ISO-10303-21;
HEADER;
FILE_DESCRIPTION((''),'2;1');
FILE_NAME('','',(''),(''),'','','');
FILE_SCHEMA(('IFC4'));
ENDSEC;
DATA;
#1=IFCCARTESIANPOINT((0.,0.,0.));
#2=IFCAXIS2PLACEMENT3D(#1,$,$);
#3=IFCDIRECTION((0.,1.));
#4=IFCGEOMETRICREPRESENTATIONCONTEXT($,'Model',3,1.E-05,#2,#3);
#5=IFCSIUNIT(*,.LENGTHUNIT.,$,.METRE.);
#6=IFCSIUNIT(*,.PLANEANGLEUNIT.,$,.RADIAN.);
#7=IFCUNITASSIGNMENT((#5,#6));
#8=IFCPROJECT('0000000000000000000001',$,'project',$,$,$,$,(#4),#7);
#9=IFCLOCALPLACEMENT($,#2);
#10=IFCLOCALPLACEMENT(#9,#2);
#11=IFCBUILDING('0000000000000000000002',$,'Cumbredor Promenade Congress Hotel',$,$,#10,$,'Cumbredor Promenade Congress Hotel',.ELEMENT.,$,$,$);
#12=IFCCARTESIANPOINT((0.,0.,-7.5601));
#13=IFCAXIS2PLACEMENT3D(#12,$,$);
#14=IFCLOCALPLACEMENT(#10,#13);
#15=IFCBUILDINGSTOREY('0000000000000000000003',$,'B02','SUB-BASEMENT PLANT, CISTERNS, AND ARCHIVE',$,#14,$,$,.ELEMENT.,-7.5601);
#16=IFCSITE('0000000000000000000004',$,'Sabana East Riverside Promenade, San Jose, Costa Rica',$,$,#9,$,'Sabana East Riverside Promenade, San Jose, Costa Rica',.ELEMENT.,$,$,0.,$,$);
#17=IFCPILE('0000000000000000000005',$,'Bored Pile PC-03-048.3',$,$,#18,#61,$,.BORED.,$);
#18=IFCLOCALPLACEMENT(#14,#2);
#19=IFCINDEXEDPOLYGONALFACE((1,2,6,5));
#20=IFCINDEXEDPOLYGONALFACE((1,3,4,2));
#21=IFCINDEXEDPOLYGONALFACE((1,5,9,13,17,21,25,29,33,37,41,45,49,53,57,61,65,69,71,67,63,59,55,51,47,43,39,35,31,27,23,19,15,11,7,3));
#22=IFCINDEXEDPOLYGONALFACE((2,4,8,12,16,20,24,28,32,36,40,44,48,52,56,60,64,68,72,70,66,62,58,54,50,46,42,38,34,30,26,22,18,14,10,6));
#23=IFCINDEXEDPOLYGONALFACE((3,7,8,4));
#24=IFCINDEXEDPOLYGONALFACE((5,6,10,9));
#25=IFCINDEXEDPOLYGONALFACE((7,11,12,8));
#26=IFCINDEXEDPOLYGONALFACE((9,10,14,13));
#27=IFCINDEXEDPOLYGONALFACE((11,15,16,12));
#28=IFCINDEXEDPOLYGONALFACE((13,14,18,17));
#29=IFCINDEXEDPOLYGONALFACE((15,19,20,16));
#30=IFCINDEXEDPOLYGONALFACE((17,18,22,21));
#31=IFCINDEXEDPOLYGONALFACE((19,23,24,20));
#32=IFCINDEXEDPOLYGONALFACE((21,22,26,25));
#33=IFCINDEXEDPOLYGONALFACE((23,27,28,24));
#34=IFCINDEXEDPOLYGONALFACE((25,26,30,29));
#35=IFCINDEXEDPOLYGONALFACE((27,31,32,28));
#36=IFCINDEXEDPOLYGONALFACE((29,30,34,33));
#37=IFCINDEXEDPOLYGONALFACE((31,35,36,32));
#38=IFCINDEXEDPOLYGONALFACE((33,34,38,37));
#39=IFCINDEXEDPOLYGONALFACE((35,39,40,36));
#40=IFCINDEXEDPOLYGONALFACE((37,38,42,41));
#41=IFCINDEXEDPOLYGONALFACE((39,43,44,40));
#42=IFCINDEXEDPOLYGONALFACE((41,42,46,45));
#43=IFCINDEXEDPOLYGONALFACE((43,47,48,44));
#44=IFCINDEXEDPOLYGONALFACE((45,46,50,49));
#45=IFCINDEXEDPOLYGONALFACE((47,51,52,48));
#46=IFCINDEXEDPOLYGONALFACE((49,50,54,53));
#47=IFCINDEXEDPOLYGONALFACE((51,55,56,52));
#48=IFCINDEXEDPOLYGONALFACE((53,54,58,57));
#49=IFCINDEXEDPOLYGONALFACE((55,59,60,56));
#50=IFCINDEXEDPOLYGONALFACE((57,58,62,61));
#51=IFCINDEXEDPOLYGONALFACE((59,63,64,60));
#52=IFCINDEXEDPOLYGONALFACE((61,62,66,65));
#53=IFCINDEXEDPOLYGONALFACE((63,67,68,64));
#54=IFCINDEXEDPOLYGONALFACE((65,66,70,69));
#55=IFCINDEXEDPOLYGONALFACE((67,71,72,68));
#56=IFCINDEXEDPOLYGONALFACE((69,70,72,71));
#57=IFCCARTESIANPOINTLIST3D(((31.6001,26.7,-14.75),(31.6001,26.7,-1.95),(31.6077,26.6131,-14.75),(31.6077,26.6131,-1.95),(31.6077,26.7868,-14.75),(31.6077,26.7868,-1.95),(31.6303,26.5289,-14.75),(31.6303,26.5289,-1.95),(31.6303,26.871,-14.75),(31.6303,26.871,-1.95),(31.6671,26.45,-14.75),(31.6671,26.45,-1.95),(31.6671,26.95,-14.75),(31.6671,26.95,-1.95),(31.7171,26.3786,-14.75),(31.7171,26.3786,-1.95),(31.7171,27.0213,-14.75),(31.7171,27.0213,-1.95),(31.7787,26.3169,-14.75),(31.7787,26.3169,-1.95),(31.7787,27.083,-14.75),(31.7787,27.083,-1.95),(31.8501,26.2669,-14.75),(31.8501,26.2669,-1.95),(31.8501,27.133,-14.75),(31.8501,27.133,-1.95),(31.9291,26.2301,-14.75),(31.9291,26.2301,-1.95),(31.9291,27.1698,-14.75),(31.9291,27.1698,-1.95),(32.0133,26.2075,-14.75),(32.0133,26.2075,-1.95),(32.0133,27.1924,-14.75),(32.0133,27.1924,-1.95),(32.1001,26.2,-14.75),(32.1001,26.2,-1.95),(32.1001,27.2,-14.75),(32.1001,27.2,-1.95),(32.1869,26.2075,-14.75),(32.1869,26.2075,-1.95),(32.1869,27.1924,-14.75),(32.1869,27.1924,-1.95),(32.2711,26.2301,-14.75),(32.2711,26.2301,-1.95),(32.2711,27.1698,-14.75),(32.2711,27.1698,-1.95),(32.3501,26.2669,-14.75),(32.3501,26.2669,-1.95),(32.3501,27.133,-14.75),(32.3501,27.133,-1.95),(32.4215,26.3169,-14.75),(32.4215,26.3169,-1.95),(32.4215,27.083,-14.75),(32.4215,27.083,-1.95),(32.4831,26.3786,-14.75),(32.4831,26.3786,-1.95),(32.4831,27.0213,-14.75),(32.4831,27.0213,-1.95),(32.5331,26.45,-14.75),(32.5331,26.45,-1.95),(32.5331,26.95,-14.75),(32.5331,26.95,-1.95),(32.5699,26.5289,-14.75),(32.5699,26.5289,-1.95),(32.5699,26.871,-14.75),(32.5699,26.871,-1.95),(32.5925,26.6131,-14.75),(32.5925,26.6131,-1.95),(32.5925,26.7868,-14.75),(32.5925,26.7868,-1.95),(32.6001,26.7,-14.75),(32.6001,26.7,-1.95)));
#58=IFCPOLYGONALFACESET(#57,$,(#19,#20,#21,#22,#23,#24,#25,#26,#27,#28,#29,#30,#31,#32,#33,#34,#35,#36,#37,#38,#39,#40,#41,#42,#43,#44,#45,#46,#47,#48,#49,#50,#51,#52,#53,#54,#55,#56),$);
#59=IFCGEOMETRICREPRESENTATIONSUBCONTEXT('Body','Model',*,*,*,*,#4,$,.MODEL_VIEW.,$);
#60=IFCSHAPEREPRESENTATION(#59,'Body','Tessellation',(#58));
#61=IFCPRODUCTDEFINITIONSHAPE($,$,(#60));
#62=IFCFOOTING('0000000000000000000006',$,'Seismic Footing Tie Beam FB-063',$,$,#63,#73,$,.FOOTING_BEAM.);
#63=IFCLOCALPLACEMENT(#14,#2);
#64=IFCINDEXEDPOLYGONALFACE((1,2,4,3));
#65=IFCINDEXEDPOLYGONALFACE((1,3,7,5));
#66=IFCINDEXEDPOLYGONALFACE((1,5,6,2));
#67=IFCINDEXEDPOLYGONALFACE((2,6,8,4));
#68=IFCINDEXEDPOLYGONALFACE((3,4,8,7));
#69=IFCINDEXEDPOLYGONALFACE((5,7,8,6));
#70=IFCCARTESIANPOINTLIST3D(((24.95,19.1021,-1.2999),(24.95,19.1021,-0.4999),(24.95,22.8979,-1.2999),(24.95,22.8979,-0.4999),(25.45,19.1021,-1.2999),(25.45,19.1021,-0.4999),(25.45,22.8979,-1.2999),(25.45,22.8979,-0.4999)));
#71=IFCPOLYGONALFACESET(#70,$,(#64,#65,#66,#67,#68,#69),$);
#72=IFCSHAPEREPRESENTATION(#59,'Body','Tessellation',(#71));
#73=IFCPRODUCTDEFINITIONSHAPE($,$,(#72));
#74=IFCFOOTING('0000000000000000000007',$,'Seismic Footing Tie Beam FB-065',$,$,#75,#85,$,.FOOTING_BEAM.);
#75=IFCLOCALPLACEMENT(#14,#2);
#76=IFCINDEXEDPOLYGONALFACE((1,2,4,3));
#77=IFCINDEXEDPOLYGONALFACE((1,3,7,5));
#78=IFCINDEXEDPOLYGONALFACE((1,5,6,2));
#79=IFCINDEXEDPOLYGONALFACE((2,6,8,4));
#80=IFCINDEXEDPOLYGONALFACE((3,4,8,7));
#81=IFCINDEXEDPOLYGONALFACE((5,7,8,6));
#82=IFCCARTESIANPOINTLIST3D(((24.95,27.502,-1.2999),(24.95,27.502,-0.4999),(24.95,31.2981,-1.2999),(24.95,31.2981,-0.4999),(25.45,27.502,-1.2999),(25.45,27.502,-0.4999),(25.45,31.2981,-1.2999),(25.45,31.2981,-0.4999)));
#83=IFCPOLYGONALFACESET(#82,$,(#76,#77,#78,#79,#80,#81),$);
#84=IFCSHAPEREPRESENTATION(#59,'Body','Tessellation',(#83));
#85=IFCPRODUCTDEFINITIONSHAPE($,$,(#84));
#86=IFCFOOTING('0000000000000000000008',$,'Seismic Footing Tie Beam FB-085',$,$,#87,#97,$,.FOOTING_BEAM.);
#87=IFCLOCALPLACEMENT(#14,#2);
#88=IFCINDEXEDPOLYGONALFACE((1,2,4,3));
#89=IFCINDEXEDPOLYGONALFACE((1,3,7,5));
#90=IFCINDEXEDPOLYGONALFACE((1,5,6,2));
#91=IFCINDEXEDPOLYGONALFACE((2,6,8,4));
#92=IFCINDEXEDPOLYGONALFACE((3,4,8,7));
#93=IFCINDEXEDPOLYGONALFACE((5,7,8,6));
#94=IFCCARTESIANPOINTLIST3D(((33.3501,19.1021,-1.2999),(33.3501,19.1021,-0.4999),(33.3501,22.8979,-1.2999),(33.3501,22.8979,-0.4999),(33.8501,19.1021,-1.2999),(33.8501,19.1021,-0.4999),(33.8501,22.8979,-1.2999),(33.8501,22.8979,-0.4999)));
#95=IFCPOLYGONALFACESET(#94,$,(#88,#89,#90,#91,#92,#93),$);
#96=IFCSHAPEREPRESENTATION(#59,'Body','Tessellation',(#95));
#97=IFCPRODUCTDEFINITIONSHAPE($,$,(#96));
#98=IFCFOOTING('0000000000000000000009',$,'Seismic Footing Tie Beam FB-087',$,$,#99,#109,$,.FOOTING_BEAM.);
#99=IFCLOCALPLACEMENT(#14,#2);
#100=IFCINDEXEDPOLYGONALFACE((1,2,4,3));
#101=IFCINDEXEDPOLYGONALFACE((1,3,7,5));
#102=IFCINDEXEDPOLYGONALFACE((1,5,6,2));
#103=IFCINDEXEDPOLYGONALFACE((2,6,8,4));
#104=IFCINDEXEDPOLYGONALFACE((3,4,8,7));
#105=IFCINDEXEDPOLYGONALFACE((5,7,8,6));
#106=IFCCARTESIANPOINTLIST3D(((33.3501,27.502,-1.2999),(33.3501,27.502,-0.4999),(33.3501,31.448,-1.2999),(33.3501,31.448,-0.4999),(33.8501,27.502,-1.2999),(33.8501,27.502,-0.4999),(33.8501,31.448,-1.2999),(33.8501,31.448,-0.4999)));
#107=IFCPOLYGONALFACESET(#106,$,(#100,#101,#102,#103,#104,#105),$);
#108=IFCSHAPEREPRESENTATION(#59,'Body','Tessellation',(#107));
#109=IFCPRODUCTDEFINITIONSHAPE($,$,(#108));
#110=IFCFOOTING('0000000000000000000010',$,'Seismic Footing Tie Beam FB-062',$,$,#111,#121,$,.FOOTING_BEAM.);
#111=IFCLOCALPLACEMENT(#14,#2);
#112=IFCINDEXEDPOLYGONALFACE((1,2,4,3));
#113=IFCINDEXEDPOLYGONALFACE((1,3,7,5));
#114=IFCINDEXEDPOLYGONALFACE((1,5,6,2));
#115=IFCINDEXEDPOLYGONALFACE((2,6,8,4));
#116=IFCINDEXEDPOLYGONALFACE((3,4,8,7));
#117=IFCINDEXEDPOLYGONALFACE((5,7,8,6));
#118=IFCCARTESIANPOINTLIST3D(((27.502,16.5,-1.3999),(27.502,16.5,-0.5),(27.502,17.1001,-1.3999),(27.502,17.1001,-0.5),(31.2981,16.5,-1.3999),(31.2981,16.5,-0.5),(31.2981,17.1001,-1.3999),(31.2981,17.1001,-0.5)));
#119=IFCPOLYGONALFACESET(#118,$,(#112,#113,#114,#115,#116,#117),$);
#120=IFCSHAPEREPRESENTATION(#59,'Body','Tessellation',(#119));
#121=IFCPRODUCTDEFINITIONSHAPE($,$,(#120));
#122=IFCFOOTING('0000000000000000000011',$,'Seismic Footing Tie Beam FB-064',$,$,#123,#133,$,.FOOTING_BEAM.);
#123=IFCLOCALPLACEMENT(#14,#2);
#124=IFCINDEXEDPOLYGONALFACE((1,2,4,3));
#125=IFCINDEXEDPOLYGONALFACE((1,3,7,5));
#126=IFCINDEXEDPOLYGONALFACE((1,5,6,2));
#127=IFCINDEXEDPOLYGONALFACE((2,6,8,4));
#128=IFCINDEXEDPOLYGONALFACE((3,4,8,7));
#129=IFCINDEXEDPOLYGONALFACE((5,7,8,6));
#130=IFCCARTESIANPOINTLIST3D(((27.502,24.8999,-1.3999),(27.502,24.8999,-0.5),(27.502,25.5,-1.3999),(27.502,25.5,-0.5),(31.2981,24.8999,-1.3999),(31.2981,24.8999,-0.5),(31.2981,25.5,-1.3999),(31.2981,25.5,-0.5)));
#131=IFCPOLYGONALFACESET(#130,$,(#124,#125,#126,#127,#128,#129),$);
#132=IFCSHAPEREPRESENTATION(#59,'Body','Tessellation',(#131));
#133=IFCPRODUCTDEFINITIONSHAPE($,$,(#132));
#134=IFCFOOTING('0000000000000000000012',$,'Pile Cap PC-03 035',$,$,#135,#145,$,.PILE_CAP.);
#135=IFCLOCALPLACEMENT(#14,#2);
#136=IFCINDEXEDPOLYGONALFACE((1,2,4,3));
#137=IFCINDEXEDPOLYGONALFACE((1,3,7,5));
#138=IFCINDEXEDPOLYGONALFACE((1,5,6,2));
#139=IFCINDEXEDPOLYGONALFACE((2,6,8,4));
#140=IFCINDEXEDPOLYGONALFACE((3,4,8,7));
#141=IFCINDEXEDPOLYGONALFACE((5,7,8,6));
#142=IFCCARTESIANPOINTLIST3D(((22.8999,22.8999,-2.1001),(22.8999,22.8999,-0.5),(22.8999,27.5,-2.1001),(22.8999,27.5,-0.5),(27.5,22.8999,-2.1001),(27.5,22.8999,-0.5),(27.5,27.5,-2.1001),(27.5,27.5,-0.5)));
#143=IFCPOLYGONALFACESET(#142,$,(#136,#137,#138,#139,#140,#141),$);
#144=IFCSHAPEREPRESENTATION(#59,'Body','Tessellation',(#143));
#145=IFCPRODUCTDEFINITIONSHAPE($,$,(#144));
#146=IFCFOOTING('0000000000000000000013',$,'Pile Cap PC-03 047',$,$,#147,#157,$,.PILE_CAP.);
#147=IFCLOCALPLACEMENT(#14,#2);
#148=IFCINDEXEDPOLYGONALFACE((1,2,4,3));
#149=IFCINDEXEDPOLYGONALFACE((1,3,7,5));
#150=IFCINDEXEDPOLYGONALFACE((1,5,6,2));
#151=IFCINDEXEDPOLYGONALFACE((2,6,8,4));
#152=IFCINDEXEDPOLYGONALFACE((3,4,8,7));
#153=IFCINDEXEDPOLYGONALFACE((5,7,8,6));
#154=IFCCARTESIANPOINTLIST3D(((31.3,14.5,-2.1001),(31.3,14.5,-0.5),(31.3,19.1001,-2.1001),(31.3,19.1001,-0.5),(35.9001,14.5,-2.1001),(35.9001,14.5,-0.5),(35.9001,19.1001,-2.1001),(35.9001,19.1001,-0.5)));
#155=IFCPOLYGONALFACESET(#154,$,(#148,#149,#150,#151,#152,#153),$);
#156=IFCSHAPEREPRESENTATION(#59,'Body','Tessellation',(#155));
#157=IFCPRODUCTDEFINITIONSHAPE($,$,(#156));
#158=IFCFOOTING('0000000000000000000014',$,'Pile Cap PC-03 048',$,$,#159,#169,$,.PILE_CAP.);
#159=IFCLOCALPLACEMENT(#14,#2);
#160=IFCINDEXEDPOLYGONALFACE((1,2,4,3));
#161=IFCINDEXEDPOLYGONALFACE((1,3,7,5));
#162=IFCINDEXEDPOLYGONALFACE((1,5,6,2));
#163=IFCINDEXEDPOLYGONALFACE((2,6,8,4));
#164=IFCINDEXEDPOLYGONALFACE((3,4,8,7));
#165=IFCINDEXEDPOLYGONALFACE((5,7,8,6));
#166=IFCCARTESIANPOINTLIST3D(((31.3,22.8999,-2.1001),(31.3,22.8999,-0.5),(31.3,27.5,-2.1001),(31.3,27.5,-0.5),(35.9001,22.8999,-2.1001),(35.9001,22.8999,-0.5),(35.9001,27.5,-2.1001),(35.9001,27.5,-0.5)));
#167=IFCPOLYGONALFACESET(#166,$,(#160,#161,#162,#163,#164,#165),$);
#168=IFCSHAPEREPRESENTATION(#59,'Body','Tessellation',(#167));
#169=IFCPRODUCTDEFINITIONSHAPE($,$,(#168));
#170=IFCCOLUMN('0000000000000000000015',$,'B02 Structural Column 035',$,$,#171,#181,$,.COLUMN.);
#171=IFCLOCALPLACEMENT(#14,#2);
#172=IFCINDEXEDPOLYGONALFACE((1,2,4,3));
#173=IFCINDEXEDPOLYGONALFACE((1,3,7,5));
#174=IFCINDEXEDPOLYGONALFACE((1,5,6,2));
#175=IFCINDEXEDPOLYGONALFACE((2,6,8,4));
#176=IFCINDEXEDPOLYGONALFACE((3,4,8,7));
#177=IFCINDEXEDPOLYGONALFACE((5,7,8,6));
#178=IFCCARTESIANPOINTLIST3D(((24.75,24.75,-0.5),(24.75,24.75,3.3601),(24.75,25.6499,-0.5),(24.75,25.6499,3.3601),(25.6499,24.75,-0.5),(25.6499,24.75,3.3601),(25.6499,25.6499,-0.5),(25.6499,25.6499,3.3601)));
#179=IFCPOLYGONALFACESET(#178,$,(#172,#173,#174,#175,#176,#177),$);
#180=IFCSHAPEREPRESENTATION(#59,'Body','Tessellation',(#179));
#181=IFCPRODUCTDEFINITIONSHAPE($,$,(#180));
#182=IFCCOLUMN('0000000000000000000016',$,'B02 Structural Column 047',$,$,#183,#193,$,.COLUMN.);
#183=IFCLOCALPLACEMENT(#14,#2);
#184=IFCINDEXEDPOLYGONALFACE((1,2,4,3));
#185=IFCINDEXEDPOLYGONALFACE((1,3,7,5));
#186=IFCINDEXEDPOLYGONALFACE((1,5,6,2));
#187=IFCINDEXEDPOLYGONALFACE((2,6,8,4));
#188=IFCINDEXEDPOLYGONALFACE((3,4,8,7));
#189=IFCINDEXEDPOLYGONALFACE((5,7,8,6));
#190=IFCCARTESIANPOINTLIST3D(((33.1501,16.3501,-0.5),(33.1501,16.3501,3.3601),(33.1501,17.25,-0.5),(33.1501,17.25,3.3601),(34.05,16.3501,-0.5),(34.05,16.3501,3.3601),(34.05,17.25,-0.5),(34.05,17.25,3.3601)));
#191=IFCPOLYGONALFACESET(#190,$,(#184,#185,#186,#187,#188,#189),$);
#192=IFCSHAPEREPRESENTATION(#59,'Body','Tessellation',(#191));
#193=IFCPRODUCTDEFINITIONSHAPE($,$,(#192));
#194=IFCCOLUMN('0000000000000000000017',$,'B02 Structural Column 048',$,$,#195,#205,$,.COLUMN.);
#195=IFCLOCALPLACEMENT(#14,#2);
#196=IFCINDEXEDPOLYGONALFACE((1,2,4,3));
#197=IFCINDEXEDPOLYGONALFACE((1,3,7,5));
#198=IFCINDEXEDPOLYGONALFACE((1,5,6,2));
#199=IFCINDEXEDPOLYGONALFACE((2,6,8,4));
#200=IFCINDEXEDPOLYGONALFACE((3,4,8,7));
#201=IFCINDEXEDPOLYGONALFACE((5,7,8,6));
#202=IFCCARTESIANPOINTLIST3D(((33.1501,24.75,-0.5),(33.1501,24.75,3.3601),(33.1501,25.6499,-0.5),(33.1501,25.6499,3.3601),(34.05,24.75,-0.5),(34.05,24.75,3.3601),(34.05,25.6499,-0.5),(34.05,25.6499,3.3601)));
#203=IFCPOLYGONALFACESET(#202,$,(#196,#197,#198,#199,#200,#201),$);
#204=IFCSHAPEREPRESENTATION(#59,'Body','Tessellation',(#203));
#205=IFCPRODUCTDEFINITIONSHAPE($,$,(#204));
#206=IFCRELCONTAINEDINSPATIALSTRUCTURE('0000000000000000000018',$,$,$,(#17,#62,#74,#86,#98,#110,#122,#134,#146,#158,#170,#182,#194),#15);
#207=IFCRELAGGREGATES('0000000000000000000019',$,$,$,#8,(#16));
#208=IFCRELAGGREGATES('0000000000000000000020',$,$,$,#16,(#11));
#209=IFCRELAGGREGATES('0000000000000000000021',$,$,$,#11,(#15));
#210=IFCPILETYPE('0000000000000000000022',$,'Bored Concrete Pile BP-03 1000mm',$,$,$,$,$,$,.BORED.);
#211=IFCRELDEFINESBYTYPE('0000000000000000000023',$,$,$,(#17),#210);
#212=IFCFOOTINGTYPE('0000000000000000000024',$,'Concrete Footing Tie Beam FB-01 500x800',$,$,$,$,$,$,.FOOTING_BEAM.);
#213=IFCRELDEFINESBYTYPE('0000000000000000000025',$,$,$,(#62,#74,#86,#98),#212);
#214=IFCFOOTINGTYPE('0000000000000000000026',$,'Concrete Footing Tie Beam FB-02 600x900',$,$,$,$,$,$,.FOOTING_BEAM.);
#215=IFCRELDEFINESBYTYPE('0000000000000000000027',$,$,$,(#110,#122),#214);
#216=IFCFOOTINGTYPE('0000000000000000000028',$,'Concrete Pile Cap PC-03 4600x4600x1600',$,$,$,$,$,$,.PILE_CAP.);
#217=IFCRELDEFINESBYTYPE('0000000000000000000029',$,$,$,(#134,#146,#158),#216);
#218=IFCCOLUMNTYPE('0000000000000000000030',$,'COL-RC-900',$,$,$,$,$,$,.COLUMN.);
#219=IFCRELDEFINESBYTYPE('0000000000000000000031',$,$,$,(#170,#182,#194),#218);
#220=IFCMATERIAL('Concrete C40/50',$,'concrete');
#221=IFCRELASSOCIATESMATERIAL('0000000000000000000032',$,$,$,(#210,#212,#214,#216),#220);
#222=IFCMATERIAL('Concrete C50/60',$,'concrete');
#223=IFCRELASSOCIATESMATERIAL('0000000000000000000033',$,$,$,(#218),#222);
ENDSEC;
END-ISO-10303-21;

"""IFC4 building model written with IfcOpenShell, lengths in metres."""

from ifc_helpers import new_model, si_unit, direction, frame, origin, origin_2d, place, context, subcontext, project, spatial, rectangle, circle, extrude, material, material_profile, profile_set, type_object, element, save


model = new_model("IFC4")

# Units and contexts
model_context = context("Model", 3, precision=1e-05, world=origin(), true_north=direction((0.0, 1.0)))
body_context = subcontext(model_context, "Body", "Model", "MODEL_VIEW")
ifc_project = project(units=[si_unit("LENGTHUNIT", "METRE"), si_unit("PLANEANGLEUNIT", "RADIAN")], contexts=[model_context])

# Site, building, storey
site_placement = place(None, origin())
site = spatial("IfcSite", under=ifc_project, at=site_placement, Name="Sabana East Riverside Promenade, San Jose, Costa Rica", LongName="Sabana East Riverside Promenade, San Jose, Costa Rica", CompositionType="ELEMENT", RefElevation=0.0)
building_placement = place(site_placement, origin())
building = spatial("IfcBuilding", under=site, at=building_placement, Name="Cumbredor Promenade Congress Hotel", LongName="Cumbredor Promenade Congress Hotel", CompositionType="ELEMENT")
storey_placement = place(building_placement, frame((0.0, 0.0, -7.5601)))
storey = spatial("IfcBuildingStorey", under=building, at=storey_placement, Name="B02", Description="SUB-BASEMENT PLANT, CISTERNS, AND ARCHIVE", CompositionType="ELEMENT", Elevation=-7.5601)

# Pile
ifc_material_1 = material(Name="Concrete C40/50", Category="concrete")
ifc_material_profile_1 = material_profile(ifc_material_1, circle(Radius=0.5, at=origin_2d()), Name="PILE D1000")
ifc_profile_set_1 = profile_set([ifc_material_profile_1], Name="Concrete C40/50")
pile_type = type_object("IfcPileType", Name="Bored Concrete Pile BP-03 1000mm", PredefinedType="BORED", material=ifc_profile_set_1)
for number, where, z_axis, x_axis, name in (
    (1, (32.1001, 26.7, -1.95), (0.0, 0.0, -1.0), (1.0, 0.0, 0.0), "Bored Pile PC-03-048.3"),
):
    element("IfcPile", number, at=place(storey_placement, frame(where, z_axis=z_axis, x_axis=x_axis)), inside=storey, type_object=pile_type, Name=name, PredefinedType="BORED", context=body_context, shape_type="SweptSolid", body=[
        extrude(circle(Radius=0.5, at=origin_2d()), origin(), (0.0, 0.0, 1.0), 12.8),
    ])

# Footings
ifc_material_profile_2 = material_profile(ifc_material_1, rectangle(XDim=0.5, YDim=0.8, at=origin_2d()), Name="FB 500x800")
ifc_profile_set_2 = profile_set([ifc_material_profile_2], Name="Concrete C40/50")
footing_type_1 = type_object("IfcFootingType", Name="Concrete Footing Tie Beam FB-01 500x800", PredefinedType="FOOTING_BEAM", material=ifc_profile_set_2)
footing_1_placement = place(storey_placement, frame((25.2, 19.1021, -0.8999), z_axis=(0.0, 1.0, 0.0), x_axis=(-1.0, 0.0, 0.0)))
element("IfcFooting", 2, at=footing_1_placement, inside=storey, type_object=footing_type_1, Name="Seismic Footing Tie Beam FB-063", PredefinedType="FOOTING_BEAM", context=body_context, shape_type="SweptSolid", body=[
    extrude(rectangle(XDim=0.5, YDim=0.8, at=origin_2d()), origin(), (0.0, 0.0, 1.0), 3.7959),
])
footing_2_placement = place(storey_placement, frame((25.2, 27.502, -0.8999), z_axis=(0.0, 1.0, 0.0), x_axis=(-1.0, 0.0, 0.0)))
element("IfcFooting", 3, at=footing_2_placement, inside=storey, type_object=footing_type_1, Name="Seismic Footing Tie Beam FB-065", PredefinedType="FOOTING_BEAM", context=body_context, shape_type="SweptSolid", body=[
    extrude(rectangle(XDim=0.5, YDim=0.8, at=origin_2d()), origin(), (0.0, 0.0, 1.0), 3.7961),
])
footing_3_placement = place(storey_placement, frame((33.6001, 19.1021, -0.8999), z_axis=(0.0, 1.0, 0.0), x_axis=(-1.0, 0.0, 0.0)))
element("IfcFooting", 4, at=footing_3_placement, inside=storey, type_object=footing_type_1, Name="Seismic Footing Tie Beam FB-085", PredefinedType="FOOTING_BEAM", context=body_context, shape_type="SweptSolid", body=[
    extrude(rectangle(XDim=0.5, YDim=0.8, at=origin_2d()), origin(), (0.0, 0.0, 1.0), 3.7959),
])
footing_4_placement = place(storey_placement, frame((33.6001, 27.502, -0.8999), z_axis=(0.0, 1.0, 0.0), x_axis=(-1.0, 0.0, 0.0)))
element("IfcFooting", 5, at=footing_4_placement, inside=storey, type_object=footing_type_1, Name="Seismic Footing Tie Beam FB-087", PredefinedType="FOOTING_BEAM", context=body_context, shape_type="SweptSolid", body=[
    extrude(rectangle(XDim=0.5, YDim=0.8, at=origin_2d()), origin(), (0.0, 0.0, 1.0), 3.946),
])
ifc_material_profile_3 = material_profile(ifc_material_1, rectangle(XDim=0.6001, YDim=0.8999, at=origin_2d()), Name="FB 600x900")
ifc_profile_set_3 = profile_set([ifc_material_profile_3], Name="Concrete C40/50")
footing_type_2 = type_object("IfcFootingType", Name="Concrete Footing Tie Beam FB-02 600x900", PredefinedType="FOOTING_BEAM", material=ifc_profile_set_3)
for number, where, z_axis, x_axis, name in (
    (6, (27.502, 16.8, -0.95), (1.0, 0.0, 0.0), (0.0, 1.0, 0.0), "Seismic Footing Tie Beam FB-062"),
    (7, (27.502, 25.2, -0.95), (1.0, 0.0, 0.0), (0.0, 1.0, 0.0), "Seismic Footing Tie Beam FB-064"),
):
    element("IfcFooting", number, at=place(storey_placement, frame(where, z_axis=z_axis, x_axis=x_axis)), inside=storey, type_object=footing_type_2, Name=name, PredefinedType="FOOTING_BEAM", context=body_context, shape_type="SweptSolid", body=[
        extrude(rectangle(XDim=0.6001, YDim=0.8999, at=origin_2d()), origin(), (0.0, 0.0, 1.0), 3.7961),
    ])
footing_type_3 = type_object("IfcFootingType", Name="Concrete Pile Cap PC-03 4600x4600x1600", PredefinedType="PILE_CAP", material=ifc_material_1)
for number, where, z_axis, x_axis, name in (
    (8, (25.2, 25.2, -2.1001), (0.0, 0.0, 1.0), (1.0, 0.0, 0.0), "Pile Cap PC-03 035"),
    (9, (33.6001, 16.8, -2.1001), (0.0, 0.0, 1.0), (1.0, 0.0, 0.0), "Pile Cap PC-03 047"),
    (10, (33.6001, 25.2, -2.1001), (0.0, 0.0, 1.0), (1.0, 0.0, 0.0), "Pile Cap PC-03 048"),
):
    element("IfcFooting", number, at=place(storey_placement, frame(where, z_axis=z_axis, x_axis=x_axis)), inside=storey, type_object=footing_type_3, Name=name, PredefinedType="PILE_CAP", context=body_context, shape_type="SweptSolid", body=[
        extrude(rectangle(XDim=4.6001, YDim=4.6001, at=origin_2d()), origin(), (0.0, 0.0, 1.0), 1.6001),
    ])

# Columns
ifc_material_2 = material(Name="Concrete C50/60", Category="concrete")
ifc_material_profile_4 = material_profile(ifc_material_2, rectangle(XDim=0.8999, YDim=0.8999, at=origin_2d()), Name="RC 900x900")
ifc_profile_set_4 = profile_set([ifc_material_profile_4], Name="Concrete C50/60")
column_type = type_object("IfcColumnType", Name="COL-RC-900", PredefinedType="COLUMN", material=ifc_profile_set_4)
for number, where, z_axis, x_axis, name in (
    (11, (25.2, 25.2, -0.5), (0.0, 0.0, 1.0), (1.0, 0.0, 0.0), "B02 Structural Column 035"),
    (12, (33.6001, 16.8, -0.5), (0.0, 0.0, 1.0), (1.0, 0.0, 0.0), "B02 Structural Column 047"),
    (13, (33.6001, 25.2, -0.5), (0.0, 0.0, 1.0), (1.0, 0.0, 0.0), "B02 Structural Column 048"),
):
    element("IfcColumn", number, at=place(storey_placement, frame(where, z_axis=z_axis, x_axis=x_axis)), inside=storey, type_object=column_type, Name=name, PredefinedType="COLUMN", context=body_context, shape_type="SweptSolid", body=[
        extrude(rectangle(XDim=0.8999, YDim=0.8999, at=origin_2d()), origin(), (0.0, 0.0, 1.0), 3.8601),
    ])

save(model, "model.ifc")
